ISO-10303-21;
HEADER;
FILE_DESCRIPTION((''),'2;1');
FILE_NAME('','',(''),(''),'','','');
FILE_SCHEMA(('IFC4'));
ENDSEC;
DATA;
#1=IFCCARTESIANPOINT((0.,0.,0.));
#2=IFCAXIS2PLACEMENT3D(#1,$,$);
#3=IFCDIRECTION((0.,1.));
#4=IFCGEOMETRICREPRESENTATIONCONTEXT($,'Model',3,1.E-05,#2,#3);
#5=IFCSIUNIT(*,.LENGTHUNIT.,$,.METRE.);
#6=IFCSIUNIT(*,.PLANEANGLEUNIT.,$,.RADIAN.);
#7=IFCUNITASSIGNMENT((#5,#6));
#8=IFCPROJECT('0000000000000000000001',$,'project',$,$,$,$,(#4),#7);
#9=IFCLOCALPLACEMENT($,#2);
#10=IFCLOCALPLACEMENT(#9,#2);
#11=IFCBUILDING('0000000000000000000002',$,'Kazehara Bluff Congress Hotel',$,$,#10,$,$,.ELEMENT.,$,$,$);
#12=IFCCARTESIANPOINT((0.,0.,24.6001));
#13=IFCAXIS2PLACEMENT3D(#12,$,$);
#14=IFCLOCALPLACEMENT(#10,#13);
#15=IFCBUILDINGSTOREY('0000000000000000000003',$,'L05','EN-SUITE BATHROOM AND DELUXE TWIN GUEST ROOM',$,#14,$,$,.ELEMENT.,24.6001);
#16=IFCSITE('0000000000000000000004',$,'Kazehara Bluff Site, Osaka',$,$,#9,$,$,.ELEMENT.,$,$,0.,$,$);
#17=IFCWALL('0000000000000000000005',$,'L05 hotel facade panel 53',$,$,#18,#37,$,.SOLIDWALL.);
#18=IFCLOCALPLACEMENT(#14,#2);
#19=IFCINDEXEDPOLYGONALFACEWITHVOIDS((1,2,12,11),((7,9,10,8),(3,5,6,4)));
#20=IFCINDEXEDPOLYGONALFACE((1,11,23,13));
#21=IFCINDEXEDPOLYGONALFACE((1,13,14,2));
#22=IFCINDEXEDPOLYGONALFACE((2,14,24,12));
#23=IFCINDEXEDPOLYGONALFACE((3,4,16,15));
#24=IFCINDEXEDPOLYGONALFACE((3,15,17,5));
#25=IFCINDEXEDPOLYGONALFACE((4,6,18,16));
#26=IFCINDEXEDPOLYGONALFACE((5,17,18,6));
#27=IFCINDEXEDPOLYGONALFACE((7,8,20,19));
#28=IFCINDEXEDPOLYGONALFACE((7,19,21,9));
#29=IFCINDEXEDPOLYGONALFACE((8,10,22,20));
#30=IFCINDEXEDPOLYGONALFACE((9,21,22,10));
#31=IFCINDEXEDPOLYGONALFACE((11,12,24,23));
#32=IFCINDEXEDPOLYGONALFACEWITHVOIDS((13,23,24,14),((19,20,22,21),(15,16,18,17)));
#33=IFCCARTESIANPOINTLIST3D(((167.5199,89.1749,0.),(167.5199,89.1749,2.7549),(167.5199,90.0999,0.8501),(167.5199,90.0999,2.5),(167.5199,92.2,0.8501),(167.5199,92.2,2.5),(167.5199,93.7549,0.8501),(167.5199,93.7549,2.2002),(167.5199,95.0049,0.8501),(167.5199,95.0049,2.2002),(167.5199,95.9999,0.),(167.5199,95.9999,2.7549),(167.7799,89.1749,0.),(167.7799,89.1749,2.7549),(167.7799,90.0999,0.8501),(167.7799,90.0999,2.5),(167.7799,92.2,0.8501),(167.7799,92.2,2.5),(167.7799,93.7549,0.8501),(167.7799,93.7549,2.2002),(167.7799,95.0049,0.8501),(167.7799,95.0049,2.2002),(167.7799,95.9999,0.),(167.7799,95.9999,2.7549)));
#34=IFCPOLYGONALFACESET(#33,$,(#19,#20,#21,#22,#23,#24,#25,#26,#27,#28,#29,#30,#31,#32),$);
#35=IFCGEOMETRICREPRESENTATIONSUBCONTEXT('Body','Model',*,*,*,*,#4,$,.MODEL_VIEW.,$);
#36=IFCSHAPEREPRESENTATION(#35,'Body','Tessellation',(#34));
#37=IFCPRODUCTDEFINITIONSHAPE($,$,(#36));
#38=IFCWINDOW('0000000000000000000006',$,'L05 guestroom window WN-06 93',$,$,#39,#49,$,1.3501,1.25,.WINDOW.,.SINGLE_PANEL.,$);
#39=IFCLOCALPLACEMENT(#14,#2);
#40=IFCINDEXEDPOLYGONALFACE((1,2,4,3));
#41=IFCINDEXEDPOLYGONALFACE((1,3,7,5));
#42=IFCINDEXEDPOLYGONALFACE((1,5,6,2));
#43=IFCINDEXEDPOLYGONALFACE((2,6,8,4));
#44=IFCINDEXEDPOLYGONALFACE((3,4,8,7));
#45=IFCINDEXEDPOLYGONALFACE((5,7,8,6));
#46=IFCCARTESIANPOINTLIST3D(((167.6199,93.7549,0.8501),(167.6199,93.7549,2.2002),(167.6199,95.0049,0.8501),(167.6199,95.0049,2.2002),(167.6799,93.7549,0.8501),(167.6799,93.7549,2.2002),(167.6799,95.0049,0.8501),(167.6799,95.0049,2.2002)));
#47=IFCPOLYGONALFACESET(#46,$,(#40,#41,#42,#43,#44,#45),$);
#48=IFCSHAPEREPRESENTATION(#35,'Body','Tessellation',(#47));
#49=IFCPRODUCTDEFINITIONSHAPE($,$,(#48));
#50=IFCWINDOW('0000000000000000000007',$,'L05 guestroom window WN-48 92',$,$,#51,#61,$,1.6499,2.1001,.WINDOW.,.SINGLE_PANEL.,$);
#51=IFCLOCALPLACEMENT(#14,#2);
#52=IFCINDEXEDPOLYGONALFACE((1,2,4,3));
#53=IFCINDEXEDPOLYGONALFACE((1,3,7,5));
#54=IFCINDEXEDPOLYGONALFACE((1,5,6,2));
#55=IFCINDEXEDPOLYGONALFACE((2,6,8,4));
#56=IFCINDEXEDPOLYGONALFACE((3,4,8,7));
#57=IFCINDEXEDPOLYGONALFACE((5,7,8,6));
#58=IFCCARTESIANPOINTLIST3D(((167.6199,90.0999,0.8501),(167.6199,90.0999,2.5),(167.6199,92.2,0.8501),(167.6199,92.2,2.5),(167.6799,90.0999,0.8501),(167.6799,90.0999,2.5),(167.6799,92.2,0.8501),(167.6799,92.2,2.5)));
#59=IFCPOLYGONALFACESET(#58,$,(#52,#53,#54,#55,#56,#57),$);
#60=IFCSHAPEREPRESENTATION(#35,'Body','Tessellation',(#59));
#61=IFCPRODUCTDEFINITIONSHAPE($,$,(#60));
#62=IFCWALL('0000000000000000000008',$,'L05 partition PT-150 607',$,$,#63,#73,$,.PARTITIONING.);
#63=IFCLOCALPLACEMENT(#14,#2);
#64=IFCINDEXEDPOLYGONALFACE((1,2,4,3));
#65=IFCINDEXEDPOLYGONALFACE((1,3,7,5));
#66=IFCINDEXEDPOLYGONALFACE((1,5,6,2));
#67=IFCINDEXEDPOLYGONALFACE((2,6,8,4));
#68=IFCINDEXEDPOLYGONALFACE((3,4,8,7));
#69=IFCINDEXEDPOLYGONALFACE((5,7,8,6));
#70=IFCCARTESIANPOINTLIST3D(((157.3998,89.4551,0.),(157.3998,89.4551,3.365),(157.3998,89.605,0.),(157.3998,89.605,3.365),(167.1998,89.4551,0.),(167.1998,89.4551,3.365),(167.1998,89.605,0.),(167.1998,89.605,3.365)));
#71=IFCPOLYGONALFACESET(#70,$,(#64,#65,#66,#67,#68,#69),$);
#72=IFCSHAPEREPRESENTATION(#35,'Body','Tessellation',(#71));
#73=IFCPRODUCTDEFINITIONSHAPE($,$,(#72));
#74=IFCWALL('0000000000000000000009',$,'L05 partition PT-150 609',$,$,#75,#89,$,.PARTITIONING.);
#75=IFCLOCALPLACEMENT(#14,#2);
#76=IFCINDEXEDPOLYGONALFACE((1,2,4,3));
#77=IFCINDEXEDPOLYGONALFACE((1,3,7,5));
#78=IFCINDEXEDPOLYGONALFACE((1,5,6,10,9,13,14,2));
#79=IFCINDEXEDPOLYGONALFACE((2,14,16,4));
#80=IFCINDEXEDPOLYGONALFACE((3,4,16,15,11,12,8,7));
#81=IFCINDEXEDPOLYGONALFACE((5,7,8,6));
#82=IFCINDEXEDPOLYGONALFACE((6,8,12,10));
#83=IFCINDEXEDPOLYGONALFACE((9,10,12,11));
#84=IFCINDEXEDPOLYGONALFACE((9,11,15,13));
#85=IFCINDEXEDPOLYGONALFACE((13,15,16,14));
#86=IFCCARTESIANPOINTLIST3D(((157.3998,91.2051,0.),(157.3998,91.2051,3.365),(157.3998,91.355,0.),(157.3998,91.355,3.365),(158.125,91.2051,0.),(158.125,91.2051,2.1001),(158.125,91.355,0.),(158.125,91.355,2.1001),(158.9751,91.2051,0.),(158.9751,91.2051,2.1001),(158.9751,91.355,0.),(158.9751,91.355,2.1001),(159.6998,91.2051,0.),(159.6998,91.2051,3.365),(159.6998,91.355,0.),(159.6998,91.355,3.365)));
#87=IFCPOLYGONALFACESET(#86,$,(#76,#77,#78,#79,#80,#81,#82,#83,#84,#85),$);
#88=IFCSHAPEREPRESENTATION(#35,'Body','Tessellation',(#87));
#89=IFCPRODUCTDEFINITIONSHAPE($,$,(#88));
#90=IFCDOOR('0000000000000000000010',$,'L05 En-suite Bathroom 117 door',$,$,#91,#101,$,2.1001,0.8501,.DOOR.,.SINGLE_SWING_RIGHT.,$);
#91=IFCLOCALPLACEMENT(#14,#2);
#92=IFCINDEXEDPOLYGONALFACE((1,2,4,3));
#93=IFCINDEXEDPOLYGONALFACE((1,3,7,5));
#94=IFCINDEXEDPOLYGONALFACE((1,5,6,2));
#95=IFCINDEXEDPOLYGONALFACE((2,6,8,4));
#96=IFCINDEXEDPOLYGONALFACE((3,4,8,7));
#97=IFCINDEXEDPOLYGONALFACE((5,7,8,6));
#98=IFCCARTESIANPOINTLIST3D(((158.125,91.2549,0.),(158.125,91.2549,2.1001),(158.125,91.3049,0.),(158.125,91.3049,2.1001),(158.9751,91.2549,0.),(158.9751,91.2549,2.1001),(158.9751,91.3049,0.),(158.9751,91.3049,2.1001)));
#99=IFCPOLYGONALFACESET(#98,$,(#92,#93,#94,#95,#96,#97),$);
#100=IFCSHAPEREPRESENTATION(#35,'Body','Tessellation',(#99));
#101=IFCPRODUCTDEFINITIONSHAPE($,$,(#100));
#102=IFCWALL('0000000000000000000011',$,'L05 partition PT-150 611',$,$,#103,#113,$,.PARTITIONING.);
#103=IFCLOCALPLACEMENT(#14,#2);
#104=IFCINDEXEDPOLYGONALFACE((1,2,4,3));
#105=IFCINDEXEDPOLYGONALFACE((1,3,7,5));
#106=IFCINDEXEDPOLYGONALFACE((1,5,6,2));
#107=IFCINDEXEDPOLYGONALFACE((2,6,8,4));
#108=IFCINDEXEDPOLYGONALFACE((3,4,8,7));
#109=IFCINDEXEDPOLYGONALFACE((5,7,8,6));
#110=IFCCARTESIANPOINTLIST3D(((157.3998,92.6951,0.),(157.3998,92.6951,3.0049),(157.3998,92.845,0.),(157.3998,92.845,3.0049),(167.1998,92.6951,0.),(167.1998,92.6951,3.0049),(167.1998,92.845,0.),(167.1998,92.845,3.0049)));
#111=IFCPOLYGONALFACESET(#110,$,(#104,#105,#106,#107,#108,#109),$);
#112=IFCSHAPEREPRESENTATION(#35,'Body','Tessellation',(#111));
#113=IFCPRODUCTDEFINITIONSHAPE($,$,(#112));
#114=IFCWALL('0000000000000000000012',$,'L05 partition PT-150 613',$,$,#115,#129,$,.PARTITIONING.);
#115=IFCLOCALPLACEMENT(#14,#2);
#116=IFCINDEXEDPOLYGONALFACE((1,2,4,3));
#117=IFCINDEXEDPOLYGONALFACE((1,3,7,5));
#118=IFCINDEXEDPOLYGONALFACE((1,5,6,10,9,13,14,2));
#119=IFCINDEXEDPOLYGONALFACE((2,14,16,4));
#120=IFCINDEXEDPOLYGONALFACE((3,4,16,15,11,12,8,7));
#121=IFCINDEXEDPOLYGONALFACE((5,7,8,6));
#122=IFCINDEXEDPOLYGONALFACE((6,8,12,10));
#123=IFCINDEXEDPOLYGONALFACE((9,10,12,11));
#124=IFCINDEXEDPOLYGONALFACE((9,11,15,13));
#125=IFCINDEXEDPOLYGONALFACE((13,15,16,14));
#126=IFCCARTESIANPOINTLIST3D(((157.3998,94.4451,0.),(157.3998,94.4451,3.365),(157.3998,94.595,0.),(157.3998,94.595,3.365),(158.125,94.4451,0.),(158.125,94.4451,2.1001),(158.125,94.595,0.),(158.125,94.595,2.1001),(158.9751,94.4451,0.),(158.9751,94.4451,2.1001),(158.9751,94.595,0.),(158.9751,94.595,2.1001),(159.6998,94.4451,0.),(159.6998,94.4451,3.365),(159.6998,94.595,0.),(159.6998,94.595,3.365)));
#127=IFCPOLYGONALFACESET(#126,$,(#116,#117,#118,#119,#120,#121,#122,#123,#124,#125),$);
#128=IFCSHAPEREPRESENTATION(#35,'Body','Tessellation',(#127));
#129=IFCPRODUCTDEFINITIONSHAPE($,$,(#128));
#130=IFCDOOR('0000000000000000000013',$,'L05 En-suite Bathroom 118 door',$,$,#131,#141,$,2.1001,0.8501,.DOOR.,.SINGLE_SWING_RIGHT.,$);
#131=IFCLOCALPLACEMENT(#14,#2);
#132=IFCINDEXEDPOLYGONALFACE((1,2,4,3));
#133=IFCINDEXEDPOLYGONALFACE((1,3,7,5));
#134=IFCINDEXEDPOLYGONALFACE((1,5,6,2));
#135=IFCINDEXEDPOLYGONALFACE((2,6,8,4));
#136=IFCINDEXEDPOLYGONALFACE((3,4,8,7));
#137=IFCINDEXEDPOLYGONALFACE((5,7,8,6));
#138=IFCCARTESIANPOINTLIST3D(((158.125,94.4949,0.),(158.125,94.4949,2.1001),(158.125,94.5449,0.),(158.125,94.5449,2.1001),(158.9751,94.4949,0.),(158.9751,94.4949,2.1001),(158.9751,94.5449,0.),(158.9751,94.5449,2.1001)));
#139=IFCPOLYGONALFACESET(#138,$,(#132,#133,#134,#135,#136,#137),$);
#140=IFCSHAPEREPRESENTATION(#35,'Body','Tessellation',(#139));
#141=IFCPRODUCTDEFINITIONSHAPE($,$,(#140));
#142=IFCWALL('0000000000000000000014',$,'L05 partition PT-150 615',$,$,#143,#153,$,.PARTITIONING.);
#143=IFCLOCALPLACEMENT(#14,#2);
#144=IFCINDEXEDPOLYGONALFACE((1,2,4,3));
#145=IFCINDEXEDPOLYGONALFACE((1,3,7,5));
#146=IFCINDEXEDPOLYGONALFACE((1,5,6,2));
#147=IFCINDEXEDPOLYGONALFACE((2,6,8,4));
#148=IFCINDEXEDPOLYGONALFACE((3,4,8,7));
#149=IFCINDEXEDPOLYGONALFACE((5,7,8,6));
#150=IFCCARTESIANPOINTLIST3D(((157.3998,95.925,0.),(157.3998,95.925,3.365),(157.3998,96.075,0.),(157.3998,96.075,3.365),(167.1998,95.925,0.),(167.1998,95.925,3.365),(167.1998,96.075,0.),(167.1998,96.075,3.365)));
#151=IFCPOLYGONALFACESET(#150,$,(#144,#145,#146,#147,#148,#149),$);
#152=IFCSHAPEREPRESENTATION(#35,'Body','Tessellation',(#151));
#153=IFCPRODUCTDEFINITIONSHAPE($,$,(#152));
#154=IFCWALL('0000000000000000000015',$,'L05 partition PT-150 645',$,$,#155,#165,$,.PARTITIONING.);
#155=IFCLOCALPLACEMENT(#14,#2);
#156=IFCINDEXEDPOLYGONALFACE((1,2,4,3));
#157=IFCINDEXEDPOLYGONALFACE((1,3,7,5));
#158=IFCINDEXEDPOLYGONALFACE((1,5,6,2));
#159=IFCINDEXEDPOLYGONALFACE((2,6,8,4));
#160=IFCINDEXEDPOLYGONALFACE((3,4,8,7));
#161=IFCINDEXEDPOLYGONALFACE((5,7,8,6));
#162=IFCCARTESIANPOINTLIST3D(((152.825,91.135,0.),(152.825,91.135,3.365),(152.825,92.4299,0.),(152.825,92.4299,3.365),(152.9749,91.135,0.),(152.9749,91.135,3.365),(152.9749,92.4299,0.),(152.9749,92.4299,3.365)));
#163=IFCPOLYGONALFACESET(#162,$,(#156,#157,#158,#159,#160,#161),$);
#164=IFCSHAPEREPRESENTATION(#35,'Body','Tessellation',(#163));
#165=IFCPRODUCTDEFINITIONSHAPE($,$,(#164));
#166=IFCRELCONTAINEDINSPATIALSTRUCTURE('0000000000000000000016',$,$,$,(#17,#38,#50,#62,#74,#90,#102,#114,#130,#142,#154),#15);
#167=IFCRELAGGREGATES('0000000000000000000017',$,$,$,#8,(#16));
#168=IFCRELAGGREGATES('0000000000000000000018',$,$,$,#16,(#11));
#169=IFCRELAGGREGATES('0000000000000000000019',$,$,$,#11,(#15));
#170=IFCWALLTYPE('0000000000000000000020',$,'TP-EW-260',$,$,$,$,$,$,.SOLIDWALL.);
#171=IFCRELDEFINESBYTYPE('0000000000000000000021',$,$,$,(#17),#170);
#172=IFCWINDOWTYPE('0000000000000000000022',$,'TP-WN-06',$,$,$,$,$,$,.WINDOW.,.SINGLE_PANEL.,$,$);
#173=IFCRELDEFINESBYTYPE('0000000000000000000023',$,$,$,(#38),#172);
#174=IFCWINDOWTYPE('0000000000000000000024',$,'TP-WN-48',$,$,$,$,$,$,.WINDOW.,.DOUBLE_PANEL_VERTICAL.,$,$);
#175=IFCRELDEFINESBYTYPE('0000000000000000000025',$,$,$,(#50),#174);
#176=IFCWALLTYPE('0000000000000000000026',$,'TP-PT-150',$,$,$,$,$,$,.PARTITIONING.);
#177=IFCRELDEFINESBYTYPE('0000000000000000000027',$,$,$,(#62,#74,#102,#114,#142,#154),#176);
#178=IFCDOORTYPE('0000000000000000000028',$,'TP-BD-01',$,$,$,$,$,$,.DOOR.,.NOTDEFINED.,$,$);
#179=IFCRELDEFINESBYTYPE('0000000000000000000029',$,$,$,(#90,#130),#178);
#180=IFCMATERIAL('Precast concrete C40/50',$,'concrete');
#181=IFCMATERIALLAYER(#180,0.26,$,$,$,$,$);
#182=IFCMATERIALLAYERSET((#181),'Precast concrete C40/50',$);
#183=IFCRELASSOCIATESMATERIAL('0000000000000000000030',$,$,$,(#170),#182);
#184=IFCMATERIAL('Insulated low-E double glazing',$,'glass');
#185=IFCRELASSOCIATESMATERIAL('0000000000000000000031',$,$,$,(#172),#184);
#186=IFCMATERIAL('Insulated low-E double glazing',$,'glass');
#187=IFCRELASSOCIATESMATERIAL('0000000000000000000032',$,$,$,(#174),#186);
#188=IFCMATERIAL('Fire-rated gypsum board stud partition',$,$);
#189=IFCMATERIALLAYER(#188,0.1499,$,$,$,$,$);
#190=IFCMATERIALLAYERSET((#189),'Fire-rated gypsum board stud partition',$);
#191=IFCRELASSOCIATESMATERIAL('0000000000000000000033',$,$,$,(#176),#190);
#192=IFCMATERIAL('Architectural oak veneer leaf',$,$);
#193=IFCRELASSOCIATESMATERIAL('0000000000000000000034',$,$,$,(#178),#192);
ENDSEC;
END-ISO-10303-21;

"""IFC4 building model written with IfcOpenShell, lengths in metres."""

from ifc_helpers import new_model, si_unit, direction, frame, frame_2d, origin, place, context, subcontext, project, spatial, rectangle, extrude, material, layer, layer_set, type_object, element, fill, save


model = new_model("IFC4")

# Units and contexts
model_context = context("Model", 3, precision=1e-05, world=origin(), true_north=direction((0.0, 1.0)))
body_context = subcontext(model_context, "Body", "Model", "MODEL_VIEW")
ifc_project = project(units=[si_unit("LENGTHUNIT", "METRE"), si_unit("PLANEANGLEUNIT", "RADIAN")], contexts=[model_context])

# Site, building, storey
site_placement = place(None, origin())
site = spatial("IfcSite", under=ifc_project, at=site_placement, Name="Kazehara Bluff Site, Osaka", CompositionType="ELEMENT", RefElevation=0.0)
building_placement = place(site_placement, origin())
building = spatial("IfcBuilding", under=site, at=building_placement, Name="Kazehara Bluff Congress Hotel", CompositionType="ELEMENT")
storey_placement = place(building_placement, frame((0.0, 0.0, 24.6001)))
storey = spatial("IfcBuildingStorey", under=building, at=storey_placement, Name="L05", Description="EN-SUITE BATHROOM AND DELUXE TWIN GUEST ROOM", CompositionType="ELEMENT", Elevation=24.6001)

# Wall, openings, windows
ifc_material_1 = material(Name="Precast concrete C40/50", Category="concrete")
ifc_layer_1 = layer(ifc_material_1, 0.26)
ifc_layer_set_1 = layer_set([ifc_layer_1], Name="Precast concrete C40/50")
wall_type_1 = type_object("IfcWallType", Name="TP-EW-260", PredefinedType="SOLIDWALL", material=ifc_layer_set_1)
wall_1_placement = place(storey_placement, frame((167.6499, 96.0, 0.0), z_axis=(0.0, 0.0, 1.0), x_axis=(0.0, -1.0, 0.0)))
wall_1 = element("IfcWall", 1, at=wall_1_placement, inside=storey, type_object=wall_type_1, Name="L05 hotel facade panel 53", PredefinedType="SOLIDWALL", context=body_context, shape_type="SweptSolid", body=[
    extrude(rectangle(XDim=6.825, YDim=0.26, at=frame_2d((3.4126, 0.0))), origin(), (0.0, 0.0, 1.0), 2.7549),
])
opening_1_placement = place(wall_1_placement, frame((3.8, 0.0, 0.8501)))
opening_1 = element("IfcOpeningElement", 2, at=opening_1_placement, cuts=wall_1, PredefinedType="OPENING", context=body_context, shape_type="SweptSolid", body=[
    extrude(rectangle(XDim=2.1001, YDim=1.6499, at=frame_2d((1.05, 0.825))), frame((0.0, 0.1399, 0.0), z_axis=(0.0, -1.0, 0.0), x_axis=(1.0, 0.0, 0.0)), (0.0, 0.0, 1.0), 0.28),
])
opening_2_placement = place(wall_1_placement, frame((0.9951, 0.0, 0.8501)))
opening_2 = element("IfcOpeningElement", 3, at=opening_2_placement, cuts=wall_1, PredefinedType="OPENING", context=body_context, shape_type="SweptSolid", body=[
    extrude(rectangle(XDim=1.25, YDim=1.3501, at=frame_2d((0.625, 0.675))), frame((0.0, 0.1399, 0.0), z_axis=(0.0, -1.0, 0.0), x_axis=(1.0, 0.0, 0.0)), (0.0, 0.0, 1.0), 0.28),
])
ifc_material_2 = material(Name="Insulated low-E double glazing", Category="glass")
window_type_1 = type_object("IfcWindowType", Name="TP-WN-06", PartitioningType="SINGLE_PANEL", PredefinedType="WINDOW", material=ifc_material_2)
window_1_placement = place(opening_2_placement, origin())
window_1 = element("IfcWindow", 4, at=window_1_placement, inside=storey, type_object=window_type_1, Name="L05 guestroom window WN-06 93", OverallHeight=1.3501, OverallWidth=1.25, PartitioningType="SINGLE_PANEL", PredefinedType="WINDOW", context=body_context, shape_type="SweptSolid", body=[
    extrude(rectangle(XDim=1.25, YDim=1.3501, at=frame_2d((0.625, 0.675))), frame((0.0, 0.03, 0.0), z_axis=(0.0, -1.0, 0.0), x_axis=(1.0, 0.0, 0.0)), (0.0, 0.0, 1.0), 0.0601),
])
fill(opening_2, window_1)
ifc_material_3 = material(Name="Insulated low-E double glazing", Category="glass")
window_type_2 = type_object("IfcWindowType", Name="TP-WN-48", PartitioningType="DOUBLE_PANEL_VERTICAL", PredefinedType="WINDOW", material=ifc_material_3)
window_2_placement = place(opening_1_placement, origin())
window_2 = element("IfcWindow", 5, at=window_2_placement, inside=storey, type_object=window_type_2, Name="L05 guestroom window WN-48 92", OverallHeight=1.6499, OverallWidth=2.1001, PartitioningType="SINGLE_PANEL", PredefinedType="WINDOW", context=body_context, shape_type="SweptSolid", body=[
    extrude(rectangle(XDim=2.1001, YDim=1.6499, at=frame_2d((1.05, 0.825))), frame((0.0, 0.03, 0.0), z_axis=(0.0, -1.0, 0.0), x_axis=(1.0, 0.0, 0.0)), (0.0, 0.0, 1.0), 0.0601),
])
fill(opening_1, window_2)

# Wall
ifc_material_4 = material(Name="Fire-rated gypsum board stud partition")
ifc_layer_2 = layer(ifc_material_4, 0.1499)
ifc_layer_set_2 = layer_set([ifc_layer_2], Name="Fire-rated gypsum board stud partition")
wall_type_2 = type_object("IfcWallType", Name="TP-PT-150", PredefinedType="PARTITIONING", material=ifc_layer_set_2)
wall_2_placement = place(storey_placement, frame((157.3999, 89.53, 0.0), z_axis=(0.0, 0.0, 1.0), x_axis=(1.0, 0.0, 0.0)))
element("IfcWall", 6, at=wall_2_placement, inside=storey, type_object=wall_type_2, Name="L05 partition PT-150 607", PredefinedType="PARTITIONING", context=body_context, shape_type="SweptSolid", body=[
    extrude(rectangle(XDim=9.8, YDim=0.1499, at=frame_2d((4.8999, 0.0))), origin(), (0.0, 0.0, 1.0), 3.365),
])

# Wall, opening, door
wall_3_placement = place(storey_placement, frame((157.3999, 91.28, 0.0), z_axis=(0.0, 0.0, 1.0), x_axis=(1.0, 0.0, 0.0)))
wall_3 = element("IfcWall", 7, at=wall_3_placement, inside=storey, type_object=wall_type_2, Name="L05 partition PT-150 609", PredefinedType="PARTITIONING", context=body_context, shape_type="SweptSolid", body=[
    extrude(rectangle(XDim=2.3, YDim=0.1499, at=frame_2d((1.1499, 0.0))), origin(), (0.0, 0.0, 1.0), 3.365),
])
opening_3_placement = place(wall_3_placement, frame((0.7251, 0.0, 0.0)))
opening_3 = element("IfcOpeningElement", 8, at=opening_3_placement, cuts=wall_3, PredefinedType="OPENING", context=body_context, shape_type="SweptSolid", body=[
    extrude(rectangle(XDim=0.8501, YDim=2.1001, at=frame_2d((0.425, 1.05))), frame((0.0, 0.085, 0.0), z_axis=(0.0, -1.0, 0.0), x_axis=(1.0, 0.0, 0.0)), (0.0, 0.0, 1.0), 0.1699),
])
ifc_material_5 = material(Name="Architectural oak veneer leaf")
door_type = type_object("IfcDoorType", Name="TP-BD-01", OperationType="NOTDEFINED", PredefinedType="DOOR", material=ifc_material_5)
door_1_placement = place(opening_3_placement, origin())
door_1 = element("IfcDoor", 9, at=door_1_placement, inside=storey, type_object=door_type, Name="L05 En-suite Bathroom 117 door", OperationType="SINGLE_SWING_RIGHT", OverallHeight=2.1001, OverallWidth=0.8501, PredefinedType="DOOR", context=body_context, shape_type="SweptSolid", body=[
    extrude(rectangle(XDim=0.8501, YDim=2.1001, at=frame_2d((0.425, 1.05))), frame((0.0, 0.0249, 0.0), z_axis=(0.0, -1.0, 0.0), x_axis=(1.0, 0.0, 0.0)), (0.0, 0.0, 1.0), 0.05),
])
fill(opening_3, door_1)

# Wall
wall_4_placement = place(storey_placement, frame((157.3999, 92.77, 0.0), z_axis=(0.0, 0.0, 1.0), x_axis=(1.0, 0.0, 0.0)))
element("IfcWall", 10, at=wall_4_placement, inside=storey, type_object=wall_type_2, Name="L05 partition PT-150 611", PredefinedType="PARTITIONING", context=body_context, shape_type="SweptSolid", body=[
    extrude(rectangle(XDim=9.8, YDim=0.1499, at=frame_2d((4.8999, 0.0))), origin(), (0.0, 0.0, 1.0), 3.0049),
])

# Wall, opening, door
wall_5_placement = place(storey_placement, frame((157.3999, 94.52, 0.0), z_axis=(0.0, 0.0, 1.0), x_axis=(1.0, 0.0, 0.0)))
wall_5 = element("IfcWall", 11, at=wall_5_placement, inside=storey, type_object=wall_type_2, Name="L05 partition PT-150 613", PredefinedType="PARTITIONING", context=body_context, shape_type="SweptSolid", body=[
    extrude(rectangle(XDim=2.3, YDim=0.1499, at=frame_2d((1.1499, 0.0))), origin(), (0.0, 0.0, 1.0), 3.365),
])
opening_4_placement = place(wall_5_placement, frame((0.7251, 0.0, 0.0)))
opening_4 = element("IfcOpeningElement", 12, at=opening_4_placement, cuts=wall_5, PredefinedType="OPENING", context=body_context, shape_type="SweptSolid", body=[
    extrude(rectangle(XDim=0.8501, YDim=2.1001, at=frame_2d((0.425, 1.05))), frame((0.0, 0.085, 0.0), z_axis=(0.0, -1.0, 0.0), x_axis=(1.0, 0.0, 0.0)), (0.0, 0.0, 1.0), 0.1699),
])
door_2_placement = place(opening_4_placement, origin())
door_2 = element("IfcDoor", 13, at=door_2_placement, inside=storey, type_object=door_type, Name="L05 En-suite Bathroom 118 door", OperationType="SINGLE_SWING_RIGHT", OverallHeight=2.1001, OverallWidth=0.8501, PredefinedType="DOOR", context=body_context, shape_type="SweptSolid", body=[
    extrude(rectangle(XDim=0.8501, YDim=2.1001, at=frame_2d((0.425, 1.05))), frame((0.0, 0.0249, 0.0), z_axis=(0.0, -1.0, 0.0), x_axis=(1.0, 0.0, 0.0)), (0.0, 0.0, 1.0), 0.05),
])
fill(opening_4, door_2)

# Walls
wall_6_placement = place(storey_placement, frame((157.3999, 96.0, 0.0), z_axis=(0.0, 0.0, 1.0), x_axis=(1.0, 0.0, 0.0)))
element("IfcWall", 14, at=wall_6_placement, inside=storey, type_object=wall_type_2, Name="L05 partition PT-150 615", PredefinedType="PARTITIONING", context=body_context, shape_type="SweptSolid", body=[
    extrude(rectangle(XDim=9.8, YDim=0.1499, at=frame_2d((4.8999, 0.0))), origin(), (0.0, 0.0, 1.0), 3.365),
])
wall_7_placement = place(storey_placement, frame((152.8999, 91.135, 0.0), z_axis=(0.0, 0.0, 1.0), x_axis=(0.0, 1.0, 0.0)))
element("IfcWall", 15, at=wall_7_placement, inside=storey, type_object=wall_type_2, Name="L05 partition PT-150 645", PredefinedType="PARTITIONING", context=body_context, shape_type="SweptSolid", body=[
    extrude(rectangle(XDim=1.2949, YDim=0.1499, at=frame_2d((0.6475, 0.0))), origin(), (0.0, 0.0, 1.0), 3.365),
])

save(model, "model.ifc")
